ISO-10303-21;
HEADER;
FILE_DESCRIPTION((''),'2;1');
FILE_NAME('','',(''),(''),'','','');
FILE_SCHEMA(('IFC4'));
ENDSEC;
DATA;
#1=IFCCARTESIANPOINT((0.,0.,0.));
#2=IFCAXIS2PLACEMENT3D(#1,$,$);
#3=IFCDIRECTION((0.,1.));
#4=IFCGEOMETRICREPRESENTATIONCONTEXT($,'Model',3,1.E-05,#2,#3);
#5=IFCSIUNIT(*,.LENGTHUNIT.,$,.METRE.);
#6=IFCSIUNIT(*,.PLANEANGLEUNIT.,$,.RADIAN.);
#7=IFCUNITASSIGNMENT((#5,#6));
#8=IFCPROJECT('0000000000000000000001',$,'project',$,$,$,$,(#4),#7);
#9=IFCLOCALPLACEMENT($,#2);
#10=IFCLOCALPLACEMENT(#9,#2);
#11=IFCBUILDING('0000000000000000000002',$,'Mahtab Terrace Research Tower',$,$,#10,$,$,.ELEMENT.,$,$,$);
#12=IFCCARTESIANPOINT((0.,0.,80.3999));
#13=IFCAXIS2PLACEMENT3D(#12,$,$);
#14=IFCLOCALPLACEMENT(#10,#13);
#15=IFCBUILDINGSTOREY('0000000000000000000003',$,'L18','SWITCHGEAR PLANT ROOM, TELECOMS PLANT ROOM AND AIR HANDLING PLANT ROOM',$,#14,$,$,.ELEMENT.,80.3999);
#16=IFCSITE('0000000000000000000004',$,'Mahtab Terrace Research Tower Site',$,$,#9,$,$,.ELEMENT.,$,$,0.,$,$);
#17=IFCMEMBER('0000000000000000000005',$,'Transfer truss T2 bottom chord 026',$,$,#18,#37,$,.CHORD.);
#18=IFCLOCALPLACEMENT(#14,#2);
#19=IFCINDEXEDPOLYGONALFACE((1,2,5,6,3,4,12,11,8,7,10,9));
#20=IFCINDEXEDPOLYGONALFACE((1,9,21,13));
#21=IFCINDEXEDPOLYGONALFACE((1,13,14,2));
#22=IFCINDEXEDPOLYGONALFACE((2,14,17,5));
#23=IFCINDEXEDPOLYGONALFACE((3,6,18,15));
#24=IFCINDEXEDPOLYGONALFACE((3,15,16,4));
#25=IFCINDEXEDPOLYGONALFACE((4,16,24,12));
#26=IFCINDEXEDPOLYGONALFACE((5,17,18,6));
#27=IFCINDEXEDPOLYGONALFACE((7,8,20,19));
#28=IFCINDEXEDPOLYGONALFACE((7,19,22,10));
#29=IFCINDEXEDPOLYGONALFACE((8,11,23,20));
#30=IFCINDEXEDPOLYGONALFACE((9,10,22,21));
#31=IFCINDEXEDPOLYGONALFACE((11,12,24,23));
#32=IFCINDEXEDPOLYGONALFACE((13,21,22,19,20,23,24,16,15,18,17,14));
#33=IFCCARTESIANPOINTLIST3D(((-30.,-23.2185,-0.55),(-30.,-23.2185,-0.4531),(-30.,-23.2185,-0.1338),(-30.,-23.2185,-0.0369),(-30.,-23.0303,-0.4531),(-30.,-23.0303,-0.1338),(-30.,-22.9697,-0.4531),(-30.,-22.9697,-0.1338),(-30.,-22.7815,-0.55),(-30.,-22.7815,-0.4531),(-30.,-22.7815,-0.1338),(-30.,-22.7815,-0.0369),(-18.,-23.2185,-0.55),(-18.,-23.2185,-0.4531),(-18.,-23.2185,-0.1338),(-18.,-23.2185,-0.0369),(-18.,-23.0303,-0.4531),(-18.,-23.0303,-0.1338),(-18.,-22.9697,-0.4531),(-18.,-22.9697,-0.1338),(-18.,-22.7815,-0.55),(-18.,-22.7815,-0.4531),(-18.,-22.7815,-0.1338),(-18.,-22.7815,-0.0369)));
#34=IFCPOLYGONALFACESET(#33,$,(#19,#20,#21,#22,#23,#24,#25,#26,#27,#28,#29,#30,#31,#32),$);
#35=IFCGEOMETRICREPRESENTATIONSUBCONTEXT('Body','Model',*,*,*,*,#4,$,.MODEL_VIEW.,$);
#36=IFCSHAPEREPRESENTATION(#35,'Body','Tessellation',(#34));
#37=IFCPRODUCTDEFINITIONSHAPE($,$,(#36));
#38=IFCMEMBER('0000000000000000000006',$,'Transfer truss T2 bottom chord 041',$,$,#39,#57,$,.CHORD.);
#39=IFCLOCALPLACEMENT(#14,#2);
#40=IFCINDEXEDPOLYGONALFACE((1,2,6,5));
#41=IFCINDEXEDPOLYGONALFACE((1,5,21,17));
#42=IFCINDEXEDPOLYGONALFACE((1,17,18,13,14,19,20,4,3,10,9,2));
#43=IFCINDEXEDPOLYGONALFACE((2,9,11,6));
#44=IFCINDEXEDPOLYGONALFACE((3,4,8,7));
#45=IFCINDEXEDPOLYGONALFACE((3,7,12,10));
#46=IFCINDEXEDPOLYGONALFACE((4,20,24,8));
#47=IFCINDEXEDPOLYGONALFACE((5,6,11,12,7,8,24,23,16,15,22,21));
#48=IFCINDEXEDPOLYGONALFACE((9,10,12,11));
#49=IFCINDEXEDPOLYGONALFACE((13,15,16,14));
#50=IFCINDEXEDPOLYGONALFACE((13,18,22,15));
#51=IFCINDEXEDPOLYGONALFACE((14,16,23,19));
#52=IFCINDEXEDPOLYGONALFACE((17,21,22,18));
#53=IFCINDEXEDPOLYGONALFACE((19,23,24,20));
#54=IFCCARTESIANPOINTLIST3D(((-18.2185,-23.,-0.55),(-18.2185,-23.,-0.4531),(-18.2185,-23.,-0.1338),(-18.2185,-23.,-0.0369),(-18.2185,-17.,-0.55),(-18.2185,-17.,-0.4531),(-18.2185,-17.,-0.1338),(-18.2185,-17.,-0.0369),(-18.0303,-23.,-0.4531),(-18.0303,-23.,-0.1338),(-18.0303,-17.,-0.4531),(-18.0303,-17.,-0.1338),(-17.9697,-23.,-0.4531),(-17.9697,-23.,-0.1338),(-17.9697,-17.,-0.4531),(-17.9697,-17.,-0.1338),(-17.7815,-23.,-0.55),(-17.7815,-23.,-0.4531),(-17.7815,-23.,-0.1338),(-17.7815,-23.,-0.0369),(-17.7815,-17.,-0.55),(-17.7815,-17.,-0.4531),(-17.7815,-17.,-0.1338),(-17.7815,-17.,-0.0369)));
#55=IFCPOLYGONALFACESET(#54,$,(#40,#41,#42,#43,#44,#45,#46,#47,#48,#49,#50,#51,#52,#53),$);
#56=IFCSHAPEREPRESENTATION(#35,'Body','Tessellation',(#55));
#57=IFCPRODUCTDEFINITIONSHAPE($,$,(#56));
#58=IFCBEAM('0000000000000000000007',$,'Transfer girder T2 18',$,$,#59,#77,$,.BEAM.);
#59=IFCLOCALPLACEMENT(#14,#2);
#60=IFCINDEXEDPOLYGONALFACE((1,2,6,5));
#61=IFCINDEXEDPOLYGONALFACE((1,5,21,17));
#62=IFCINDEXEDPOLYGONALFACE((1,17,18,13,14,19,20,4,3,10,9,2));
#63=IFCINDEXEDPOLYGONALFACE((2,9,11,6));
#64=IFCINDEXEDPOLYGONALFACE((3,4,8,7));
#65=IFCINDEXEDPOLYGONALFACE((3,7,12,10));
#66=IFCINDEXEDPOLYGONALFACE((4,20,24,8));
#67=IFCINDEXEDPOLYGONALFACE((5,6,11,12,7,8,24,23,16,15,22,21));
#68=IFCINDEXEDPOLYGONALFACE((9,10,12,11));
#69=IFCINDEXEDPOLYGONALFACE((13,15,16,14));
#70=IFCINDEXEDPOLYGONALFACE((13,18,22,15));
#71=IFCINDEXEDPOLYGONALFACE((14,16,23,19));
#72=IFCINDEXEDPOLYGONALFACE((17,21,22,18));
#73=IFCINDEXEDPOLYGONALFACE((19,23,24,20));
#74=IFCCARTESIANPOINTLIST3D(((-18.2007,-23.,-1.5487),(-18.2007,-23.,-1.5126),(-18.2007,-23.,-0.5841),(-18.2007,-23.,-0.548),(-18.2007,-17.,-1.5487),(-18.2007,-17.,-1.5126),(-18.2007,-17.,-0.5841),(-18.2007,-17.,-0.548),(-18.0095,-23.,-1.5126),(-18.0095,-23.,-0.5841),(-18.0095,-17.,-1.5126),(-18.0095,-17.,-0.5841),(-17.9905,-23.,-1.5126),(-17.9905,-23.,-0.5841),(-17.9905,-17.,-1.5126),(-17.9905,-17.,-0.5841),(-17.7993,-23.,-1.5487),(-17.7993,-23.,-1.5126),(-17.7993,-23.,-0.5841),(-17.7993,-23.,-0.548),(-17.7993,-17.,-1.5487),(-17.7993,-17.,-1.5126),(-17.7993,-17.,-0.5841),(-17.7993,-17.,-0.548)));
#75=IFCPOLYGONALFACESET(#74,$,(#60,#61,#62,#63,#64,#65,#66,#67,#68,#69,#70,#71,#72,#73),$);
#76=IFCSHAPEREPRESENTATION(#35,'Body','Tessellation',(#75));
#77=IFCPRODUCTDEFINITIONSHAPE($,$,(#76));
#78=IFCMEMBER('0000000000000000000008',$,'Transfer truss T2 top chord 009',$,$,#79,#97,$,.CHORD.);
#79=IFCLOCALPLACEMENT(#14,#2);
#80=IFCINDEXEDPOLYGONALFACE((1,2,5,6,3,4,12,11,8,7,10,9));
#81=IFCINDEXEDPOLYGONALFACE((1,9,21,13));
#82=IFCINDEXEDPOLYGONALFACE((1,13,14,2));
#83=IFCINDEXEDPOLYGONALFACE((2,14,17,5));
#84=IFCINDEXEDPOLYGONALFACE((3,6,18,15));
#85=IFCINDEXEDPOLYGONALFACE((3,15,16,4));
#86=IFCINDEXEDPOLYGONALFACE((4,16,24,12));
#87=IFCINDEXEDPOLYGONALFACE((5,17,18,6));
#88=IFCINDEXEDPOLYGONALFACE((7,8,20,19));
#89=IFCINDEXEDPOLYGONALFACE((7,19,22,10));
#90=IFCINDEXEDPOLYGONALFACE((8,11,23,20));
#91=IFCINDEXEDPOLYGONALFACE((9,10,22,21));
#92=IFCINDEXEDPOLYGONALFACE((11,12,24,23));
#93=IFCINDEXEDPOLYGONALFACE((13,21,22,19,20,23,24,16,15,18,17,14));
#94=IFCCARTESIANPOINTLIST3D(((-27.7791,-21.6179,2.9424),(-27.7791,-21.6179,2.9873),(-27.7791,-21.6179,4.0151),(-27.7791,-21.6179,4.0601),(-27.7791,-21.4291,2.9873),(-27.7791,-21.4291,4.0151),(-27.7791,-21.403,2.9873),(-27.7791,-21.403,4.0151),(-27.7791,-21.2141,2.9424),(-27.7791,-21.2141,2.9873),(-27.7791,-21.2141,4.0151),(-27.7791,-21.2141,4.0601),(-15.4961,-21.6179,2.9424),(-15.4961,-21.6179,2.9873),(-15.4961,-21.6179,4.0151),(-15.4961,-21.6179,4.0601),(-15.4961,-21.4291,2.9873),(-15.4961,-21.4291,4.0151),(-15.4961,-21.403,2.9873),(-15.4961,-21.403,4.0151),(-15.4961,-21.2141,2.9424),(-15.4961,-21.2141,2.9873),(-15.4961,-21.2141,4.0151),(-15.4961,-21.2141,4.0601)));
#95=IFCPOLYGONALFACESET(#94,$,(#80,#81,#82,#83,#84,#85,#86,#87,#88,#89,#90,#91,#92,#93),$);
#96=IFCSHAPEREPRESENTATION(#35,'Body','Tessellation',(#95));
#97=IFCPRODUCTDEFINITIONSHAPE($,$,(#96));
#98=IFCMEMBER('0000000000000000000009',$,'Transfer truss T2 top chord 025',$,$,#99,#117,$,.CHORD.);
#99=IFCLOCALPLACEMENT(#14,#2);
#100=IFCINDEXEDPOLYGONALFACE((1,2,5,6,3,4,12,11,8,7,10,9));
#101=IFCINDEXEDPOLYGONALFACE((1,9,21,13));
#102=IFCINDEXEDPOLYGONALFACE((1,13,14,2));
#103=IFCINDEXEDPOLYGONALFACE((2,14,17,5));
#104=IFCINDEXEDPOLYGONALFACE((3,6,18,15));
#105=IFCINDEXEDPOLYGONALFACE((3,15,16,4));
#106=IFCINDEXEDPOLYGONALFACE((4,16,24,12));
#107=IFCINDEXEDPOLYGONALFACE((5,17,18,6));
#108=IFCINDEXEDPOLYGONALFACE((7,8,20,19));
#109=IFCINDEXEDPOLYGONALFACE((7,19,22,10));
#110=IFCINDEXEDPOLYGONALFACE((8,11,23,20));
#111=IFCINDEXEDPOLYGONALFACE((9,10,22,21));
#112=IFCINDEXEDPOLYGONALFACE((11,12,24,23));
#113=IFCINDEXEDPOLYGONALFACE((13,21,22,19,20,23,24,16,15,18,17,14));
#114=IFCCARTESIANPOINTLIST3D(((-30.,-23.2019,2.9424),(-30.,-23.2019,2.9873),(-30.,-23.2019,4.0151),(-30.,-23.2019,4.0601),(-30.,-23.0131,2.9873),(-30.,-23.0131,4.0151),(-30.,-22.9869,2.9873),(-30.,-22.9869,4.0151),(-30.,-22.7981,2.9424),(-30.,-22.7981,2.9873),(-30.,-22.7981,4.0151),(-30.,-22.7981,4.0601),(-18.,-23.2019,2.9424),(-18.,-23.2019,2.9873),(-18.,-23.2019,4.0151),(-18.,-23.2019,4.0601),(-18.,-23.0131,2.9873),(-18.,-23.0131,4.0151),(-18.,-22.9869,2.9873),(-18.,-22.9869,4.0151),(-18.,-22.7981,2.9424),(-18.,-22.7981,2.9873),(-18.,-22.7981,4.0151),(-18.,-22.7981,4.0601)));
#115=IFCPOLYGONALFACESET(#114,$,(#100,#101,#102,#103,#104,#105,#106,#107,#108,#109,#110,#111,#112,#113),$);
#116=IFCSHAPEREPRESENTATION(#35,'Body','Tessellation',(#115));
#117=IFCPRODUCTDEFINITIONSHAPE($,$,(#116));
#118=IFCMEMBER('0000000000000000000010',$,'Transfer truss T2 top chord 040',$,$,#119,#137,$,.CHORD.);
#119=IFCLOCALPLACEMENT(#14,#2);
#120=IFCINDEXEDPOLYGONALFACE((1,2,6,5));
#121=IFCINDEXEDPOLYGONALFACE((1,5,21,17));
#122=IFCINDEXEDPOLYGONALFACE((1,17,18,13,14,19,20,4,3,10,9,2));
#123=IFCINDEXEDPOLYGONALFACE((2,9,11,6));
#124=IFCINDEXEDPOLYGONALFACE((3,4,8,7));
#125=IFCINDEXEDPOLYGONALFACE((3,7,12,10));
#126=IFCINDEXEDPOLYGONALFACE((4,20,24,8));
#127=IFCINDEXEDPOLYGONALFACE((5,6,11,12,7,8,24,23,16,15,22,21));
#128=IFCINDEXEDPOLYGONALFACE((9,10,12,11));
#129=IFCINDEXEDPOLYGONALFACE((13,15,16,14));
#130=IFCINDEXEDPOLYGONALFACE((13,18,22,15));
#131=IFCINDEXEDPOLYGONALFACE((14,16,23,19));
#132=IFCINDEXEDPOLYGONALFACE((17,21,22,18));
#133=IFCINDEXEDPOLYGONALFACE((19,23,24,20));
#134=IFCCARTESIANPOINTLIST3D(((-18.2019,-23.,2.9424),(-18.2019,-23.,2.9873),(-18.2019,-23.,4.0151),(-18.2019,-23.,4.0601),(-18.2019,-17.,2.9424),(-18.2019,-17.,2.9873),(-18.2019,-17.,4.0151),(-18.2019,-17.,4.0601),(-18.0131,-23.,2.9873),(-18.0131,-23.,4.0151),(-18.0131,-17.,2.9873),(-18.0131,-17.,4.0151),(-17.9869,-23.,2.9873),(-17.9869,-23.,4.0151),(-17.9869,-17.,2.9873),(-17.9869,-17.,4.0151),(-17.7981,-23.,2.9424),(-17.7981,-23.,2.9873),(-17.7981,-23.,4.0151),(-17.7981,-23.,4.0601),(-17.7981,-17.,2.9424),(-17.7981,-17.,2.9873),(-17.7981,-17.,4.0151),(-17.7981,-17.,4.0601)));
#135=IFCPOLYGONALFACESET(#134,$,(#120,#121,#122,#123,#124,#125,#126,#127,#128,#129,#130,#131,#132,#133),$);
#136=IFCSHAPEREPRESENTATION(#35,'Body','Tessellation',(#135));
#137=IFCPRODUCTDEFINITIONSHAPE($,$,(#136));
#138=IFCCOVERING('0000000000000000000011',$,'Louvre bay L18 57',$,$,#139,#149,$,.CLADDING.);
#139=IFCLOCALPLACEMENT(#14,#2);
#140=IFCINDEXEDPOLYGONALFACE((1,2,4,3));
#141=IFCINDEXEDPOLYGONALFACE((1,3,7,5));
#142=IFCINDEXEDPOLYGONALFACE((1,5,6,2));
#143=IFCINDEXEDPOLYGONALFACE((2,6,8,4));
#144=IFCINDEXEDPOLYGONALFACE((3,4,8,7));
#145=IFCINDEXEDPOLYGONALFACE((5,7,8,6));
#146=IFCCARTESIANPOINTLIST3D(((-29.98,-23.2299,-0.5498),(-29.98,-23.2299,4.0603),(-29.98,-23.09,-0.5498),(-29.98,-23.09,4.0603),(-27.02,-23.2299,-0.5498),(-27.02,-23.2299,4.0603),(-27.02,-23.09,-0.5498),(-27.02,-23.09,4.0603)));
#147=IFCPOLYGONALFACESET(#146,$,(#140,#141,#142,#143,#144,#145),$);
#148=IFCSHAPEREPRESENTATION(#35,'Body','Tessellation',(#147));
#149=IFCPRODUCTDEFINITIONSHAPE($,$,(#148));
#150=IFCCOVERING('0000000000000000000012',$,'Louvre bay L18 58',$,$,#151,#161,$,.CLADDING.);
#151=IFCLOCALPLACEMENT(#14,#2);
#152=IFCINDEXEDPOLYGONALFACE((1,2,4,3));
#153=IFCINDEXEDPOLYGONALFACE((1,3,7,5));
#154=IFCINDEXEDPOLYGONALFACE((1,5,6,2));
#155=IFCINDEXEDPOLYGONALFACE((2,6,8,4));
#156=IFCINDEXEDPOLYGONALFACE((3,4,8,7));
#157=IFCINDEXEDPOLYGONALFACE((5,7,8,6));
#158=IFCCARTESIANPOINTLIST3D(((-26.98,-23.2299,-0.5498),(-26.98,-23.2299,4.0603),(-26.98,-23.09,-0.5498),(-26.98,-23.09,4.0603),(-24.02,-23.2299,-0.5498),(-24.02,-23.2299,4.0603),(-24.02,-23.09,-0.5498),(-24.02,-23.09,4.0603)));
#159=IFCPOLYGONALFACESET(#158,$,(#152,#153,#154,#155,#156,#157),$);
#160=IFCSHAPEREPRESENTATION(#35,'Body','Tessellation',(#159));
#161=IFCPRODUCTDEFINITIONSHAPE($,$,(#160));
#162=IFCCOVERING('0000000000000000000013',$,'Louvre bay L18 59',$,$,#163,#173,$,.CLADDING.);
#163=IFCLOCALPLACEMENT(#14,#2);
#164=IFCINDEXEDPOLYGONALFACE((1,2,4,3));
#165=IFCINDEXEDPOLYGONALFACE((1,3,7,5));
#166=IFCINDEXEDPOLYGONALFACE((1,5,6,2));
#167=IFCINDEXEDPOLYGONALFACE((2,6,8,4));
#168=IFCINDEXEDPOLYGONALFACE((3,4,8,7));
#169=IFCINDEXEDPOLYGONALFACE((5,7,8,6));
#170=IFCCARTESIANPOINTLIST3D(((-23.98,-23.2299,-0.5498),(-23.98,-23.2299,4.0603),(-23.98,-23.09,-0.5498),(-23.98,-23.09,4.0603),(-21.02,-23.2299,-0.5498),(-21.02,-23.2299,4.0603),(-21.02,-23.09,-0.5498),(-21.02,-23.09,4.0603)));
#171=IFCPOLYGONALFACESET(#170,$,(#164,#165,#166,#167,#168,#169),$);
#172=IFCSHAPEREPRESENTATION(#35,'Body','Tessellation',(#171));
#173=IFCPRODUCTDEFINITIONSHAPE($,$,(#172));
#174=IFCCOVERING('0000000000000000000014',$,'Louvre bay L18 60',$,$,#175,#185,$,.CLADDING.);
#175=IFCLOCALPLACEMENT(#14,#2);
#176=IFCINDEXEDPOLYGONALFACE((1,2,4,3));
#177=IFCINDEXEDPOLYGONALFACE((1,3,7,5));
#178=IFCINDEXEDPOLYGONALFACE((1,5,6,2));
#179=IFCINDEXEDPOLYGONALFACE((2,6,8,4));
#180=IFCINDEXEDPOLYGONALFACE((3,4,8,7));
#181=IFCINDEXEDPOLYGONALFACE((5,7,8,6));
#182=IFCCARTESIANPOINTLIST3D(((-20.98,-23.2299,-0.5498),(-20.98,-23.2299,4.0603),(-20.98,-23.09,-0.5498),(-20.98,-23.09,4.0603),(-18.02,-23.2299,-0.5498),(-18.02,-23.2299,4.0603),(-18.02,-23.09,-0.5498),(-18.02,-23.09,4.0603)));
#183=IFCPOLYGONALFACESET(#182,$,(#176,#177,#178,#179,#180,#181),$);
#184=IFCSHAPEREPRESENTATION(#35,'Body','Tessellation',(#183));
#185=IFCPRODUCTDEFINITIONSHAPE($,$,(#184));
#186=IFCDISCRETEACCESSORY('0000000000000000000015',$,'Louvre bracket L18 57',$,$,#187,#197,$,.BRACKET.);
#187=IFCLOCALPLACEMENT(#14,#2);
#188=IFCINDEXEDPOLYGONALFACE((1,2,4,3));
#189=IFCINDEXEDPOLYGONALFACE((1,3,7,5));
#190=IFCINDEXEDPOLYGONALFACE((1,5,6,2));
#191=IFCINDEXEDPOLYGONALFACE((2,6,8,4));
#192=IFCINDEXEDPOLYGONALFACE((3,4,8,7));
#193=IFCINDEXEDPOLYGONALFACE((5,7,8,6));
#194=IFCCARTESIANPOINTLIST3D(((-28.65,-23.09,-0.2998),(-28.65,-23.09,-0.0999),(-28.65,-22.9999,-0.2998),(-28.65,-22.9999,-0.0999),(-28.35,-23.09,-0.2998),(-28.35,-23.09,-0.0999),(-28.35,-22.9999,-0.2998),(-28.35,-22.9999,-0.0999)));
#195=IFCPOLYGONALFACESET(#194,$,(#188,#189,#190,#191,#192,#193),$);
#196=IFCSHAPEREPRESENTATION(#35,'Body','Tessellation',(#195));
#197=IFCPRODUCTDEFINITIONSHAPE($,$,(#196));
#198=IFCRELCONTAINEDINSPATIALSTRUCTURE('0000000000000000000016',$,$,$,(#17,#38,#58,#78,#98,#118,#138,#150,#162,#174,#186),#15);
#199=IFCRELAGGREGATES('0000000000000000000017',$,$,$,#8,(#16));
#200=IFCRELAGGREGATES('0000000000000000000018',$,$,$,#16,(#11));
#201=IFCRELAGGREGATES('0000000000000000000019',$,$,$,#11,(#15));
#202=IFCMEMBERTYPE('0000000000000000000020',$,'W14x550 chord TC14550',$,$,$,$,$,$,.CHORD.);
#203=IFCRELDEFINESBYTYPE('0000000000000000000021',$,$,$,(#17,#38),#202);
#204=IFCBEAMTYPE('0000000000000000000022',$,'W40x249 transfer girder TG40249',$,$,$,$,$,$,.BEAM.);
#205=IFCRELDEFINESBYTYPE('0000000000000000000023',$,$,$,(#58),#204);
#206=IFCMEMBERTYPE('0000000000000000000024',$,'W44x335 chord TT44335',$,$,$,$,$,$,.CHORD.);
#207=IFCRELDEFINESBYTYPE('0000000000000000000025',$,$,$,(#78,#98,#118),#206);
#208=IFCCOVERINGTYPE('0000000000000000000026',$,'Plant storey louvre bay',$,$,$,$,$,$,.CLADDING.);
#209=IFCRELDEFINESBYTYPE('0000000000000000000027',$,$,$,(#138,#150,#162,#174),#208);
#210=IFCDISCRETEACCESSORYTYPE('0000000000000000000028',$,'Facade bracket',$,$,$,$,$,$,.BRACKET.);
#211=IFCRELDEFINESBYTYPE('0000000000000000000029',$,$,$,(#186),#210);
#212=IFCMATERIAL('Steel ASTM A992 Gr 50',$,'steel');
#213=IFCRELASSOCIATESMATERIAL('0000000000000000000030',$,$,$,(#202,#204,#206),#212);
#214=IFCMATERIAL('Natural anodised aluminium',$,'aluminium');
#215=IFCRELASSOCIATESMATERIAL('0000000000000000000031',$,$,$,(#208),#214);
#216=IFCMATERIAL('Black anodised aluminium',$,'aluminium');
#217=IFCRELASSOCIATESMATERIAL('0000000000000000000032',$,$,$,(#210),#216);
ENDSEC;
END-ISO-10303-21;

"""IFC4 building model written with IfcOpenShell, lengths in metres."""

from ifc_helpers import new_model, si_unit, direction, frame, origin, origin_2d, place, context, subcontext, project, spatial, rectangle, i_section, extrude, material, material_profile, profile_set, type_object, element, save


model = new_model("IFC4")

# Units and contexts
model_context = context("Model", 3, precision=1e-05, world=origin(), true_north=direction((0.0, 1.0)))
body_context = subcontext(model_context, "Body", "Model", "MODEL_VIEW")
ifc_project = project(units=[si_unit("LENGTHUNIT", "METRE"), si_unit("PLANEANGLEUNIT", "RADIAN")], contexts=[model_context])

# Site, building, storey
site_placement = place(None, origin())
site = spatial("IfcSite", under=ifc_project, at=site_placement, Name="Mahtab Terrace Research Tower Site", CompositionType="ELEMENT", RefElevation=0.0)
building_placement = place(site_placement, origin())
building = spatial("IfcBuilding", under=site, at=building_placement, Name="Mahtab Terrace Research Tower", CompositionType="ELEMENT")
storey_placement = place(building_placement, frame((0.0, 0.0, 80.3999)))
storey = spatial("IfcBuildingStorey", under=building, at=storey_placement, Name="L18", Description="SWITCHGEAR PLANT ROOM, TELECOMS PLANT ROOM AND AIR HANDLING PLANT ROOM", CompositionType="ELEMENT", Elevation=80.3999)

# Members
ifc_material_1 = material(Name="Steel ASTM A992 Gr 50", Category="steel")
ifc_material_profile_1 = material_profile(ifc_material_1, i_section(OverallWidth=0.437, OverallDepth=0.5132, WebThickness=0.0605, FlangeThickness=0.0969, at=origin_2d()), Name="W14X550")
ifc_profile_set_1 = profile_set([ifc_material_profile_1], Name="Steel ASTM A992 Gr 50")
member_type_1 = type_object("IfcMemberType", Name="W14x550 chord TC14550", PredefinedType="CHORD", material=ifc_profile_set_1)
member_1_placement = place(storey_placement, frame((-18.0, -23.0, -0.2935), z_axis=(-1.0, 0.0, 0.0), x_axis=(0.0, -1.0, 0.0)))
element("IfcMember", 1, at=member_1_placement, inside=storey, type_object=member_type_1, Name="Transfer truss T2 bottom chord 026", PredefinedType="CHORD", context=body_context, shape_type="SweptSolid", body=[
    extrude(i_section(OverallWidth=0.437, OverallDepth=0.5132, WebThickness=0.0605, FlangeThickness=0.0969, at=origin_2d()), origin(), (0.0, 0.0, 1.0), 12.0),
])
member_2_placement = place(storey_placement, frame((-18.0, -23.0, -0.2935), z_axis=(0.0, 1.0, 0.0), x_axis=(-1.0, 0.0, 0.0)))
element("IfcMember", 2, at=member_2_placement, inside=storey, type_object=member_type_1, Name="Transfer truss T2 bottom chord 041", PredefinedType="CHORD", context=body_context, shape_type="SweptSolid", body=[
    extrude(i_section(OverallWidth=0.437, OverallDepth=0.5132, WebThickness=0.0605, FlangeThickness=0.0969, at=origin_2d()), origin(), (0.0, 0.0, 1.0), 6.0),
])

# Beam
ifc_material_profile_2 = material_profile(ifc_material_1, i_section(OverallWidth=0.4014, OverallDepth=1.0007, WebThickness=0.019, FlangeThickness=0.0361, at=origin_2d()), Name="W40X249")
ifc_profile_set_2 = profile_set([ifc_material_profile_2], Name="Steel ASTM A992 Gr 50")
beam_type = type_object("IfcBeamType", Name="W40x249 transfer girder TG40249", PredefinedType="BEAM", material=ifc_profile_set_2)
beam_placement = place(storey_placement, frame((-18.0, -23.0, -1.0483), z_axis=(0.0, 1.0, 0.0), x_axis=(-1.0, 0.0, 0.0)))
element("IfcBeam", 3, at=beam_placement, inside=storey, type_object=beam_type, Name="Transfer girder T2 18", PredefinedType="BEAM", context=body_context, shape_type="SweptSolid", body=[
    extrude(i_section(OverallWidth=0.4014, OverallDepth=1.0007, WebThickness=0.019, FlangeThickness=0.0361, at=origin_2d()), origin(), (0.0, 0.0, 1.0), 6.0),
])

# Members
ifc_material_profile_3 = material_profile(ifc_material_1, i_section(OverallWidth=0.4038, OverallDepth=1.1177, WebThickness=0.0261, FlangeThickness=0.0449, at=origin_2d()), Name="W44X335")
ifc_profile_set_3 = profile_set([ifc_material_profile_3], Name="Steel ASTM A992 Gr 50")
member_type_2 = type_object("IfcMemberType", Name="W44x335 chord TT44335", PredefinedType="CHORD", material=ifc_profile_set_3)
member_3_placement = place(storey_placement, frame((-27.7791, -21.416, 3.5012), z_axis=(1.0, 0.0, 0.0), x_axis=(0.0, 1.0, 0.0)))
element("IfcMember", 4, at=member_3_placement, inside=storey, type_object=member_type_2, Name="Transfer truss T2 top chord 009", PredefinedType="CHORD", context=body_context, shape_type="SweptSolid", body=[
    extrude(i_section(OverallWidth=0.4038, OverallDepth=1.1177, WebThickness=0.0261, FlangeThickness=0.0449, at=origin_2d()), origin(), (0.0, 0.0, 1.0), 12.283),
])
member_4_placement = place(storey_placement, frame((-18.0, -23.0, 3.5012), z_axis=(-1.0, 0.0, 0.0), x_axis=(0.0, -1.0, 0.0)))
element("IfcMember", 5, at=member_4_placement, inside=storey, type_object=member_type_2, Name="Transfer truss T2 top chord 025", PredefinedType="CHORD", context=body_context, shape_type="SweptSolid", body=[
    extrude(i_section(OverallWidth=0.4038, OverallDepth=1.1177, WebThickness=0.0261, FlangeThickness=0.0449, at=origin_2d()), origin(), (0.0, 0.0, 1.0), 12.0),
])
member_5_placement = place(storey_placement, frame((-18.0, -23.0, 3.5012), z_axis=(0.0, 1.0, 0.0), x_axis=(-1.0, 0.0, 0.0)))
element("IfcMember", 6, at=member_5_placement, inside=storey, type_object=member_type_2, Name="Transfer truss T2 top chord 040", PredefinedType="CHORD", context=body_context, shape_type="SweptSolid", body=[
    extrude(i_section(OverallWidth=0.4038, OverallDepth=1.1177, WebThickness=0.0261, FlangeThickness=0.0449, at=origin_2d()), origin(), (0.0, 0.0, 1.0), 6.0),
])

# Coverings
ifc_material_2 = material(Name="Natural anodised aluminium", Category="aluminium")
covering_type = type_object("IfcCoveringType", Name="Plant storey louvre bay", PredefinedType="CLADDING", material=ifc_material_2)
for number, where, z_axis, x_axis, name in (
    (7, (-28.5, -23.1599, -0.5498), (0.0, 0.0, 1.0), (1.0, 0.0, 0.0), "Louvre bay L18 57"),
    (8, (-25.5, -23.1599, -0.5498), (0.0, 0.0, 1.0), (1.0, 0.0, 0.0), "Louvre bay L18 58"),
    (9, (-22.5, -23.1599, -0.5498), (0.0, 0.0, 1.0), (1.0, 0.0, 0.0), "Louvre bay L18 59"),
    (10, (-19.5, -23.1599, -0.5498), (0.0, 0.0, 1.0), (1.0, 0.0, 0.0), "Louvre bay L18 60"),
):
    element("IfcCovering", number, at=place(storey_placement, frame(where, z_axis=z_axis, x_axis=x_axis)), inside=storey, type_object=covering_type, Name=name, PredefinedType="CLADDING", context=body_context, shape_type="SweptSolid", body=[
        extrude(rectangle(XDim=2.96, YDim=0.1399, at=origin_2d()), origin(), (0.0, 0.0, 1.0), 4.6101),
    ])

# Discrete accessory
ifc_material_3 = material(Name="Black anodised aluminium", Category="aluminium")
discrete_accessory_type_1 = type_object("IfcDiscreteAccessoryType", Name="Facade bracket", PredefinedType="BRACKET", material=ifc_material_3)
for number, where, z_axis, x_axis, name in (
    (11, (-28.5, -23.0449, -0.2998), (0.0, 0.0, 1.0), (1.0, 0.0, 0.0), "Louvre bracket L18 57"),
):
    element("IfcDiscreteAccessory", number, at=place(storey_placement, frame(where, z_axis=z_axis, x_axis=x_axis)), inside=storey, type_object=discrete_accessory_type_1, Name=name, PredefinedType="BRACKET", context=body_context, shape_type="SweptSolid", body=[
        extrude(rectangle(XDim=0.3, YDim=0.0901, at=origin_2d()), origin(), (0.0, 0.0, 1.0), 0.2),
    ])

save(model, "model.ifc")
